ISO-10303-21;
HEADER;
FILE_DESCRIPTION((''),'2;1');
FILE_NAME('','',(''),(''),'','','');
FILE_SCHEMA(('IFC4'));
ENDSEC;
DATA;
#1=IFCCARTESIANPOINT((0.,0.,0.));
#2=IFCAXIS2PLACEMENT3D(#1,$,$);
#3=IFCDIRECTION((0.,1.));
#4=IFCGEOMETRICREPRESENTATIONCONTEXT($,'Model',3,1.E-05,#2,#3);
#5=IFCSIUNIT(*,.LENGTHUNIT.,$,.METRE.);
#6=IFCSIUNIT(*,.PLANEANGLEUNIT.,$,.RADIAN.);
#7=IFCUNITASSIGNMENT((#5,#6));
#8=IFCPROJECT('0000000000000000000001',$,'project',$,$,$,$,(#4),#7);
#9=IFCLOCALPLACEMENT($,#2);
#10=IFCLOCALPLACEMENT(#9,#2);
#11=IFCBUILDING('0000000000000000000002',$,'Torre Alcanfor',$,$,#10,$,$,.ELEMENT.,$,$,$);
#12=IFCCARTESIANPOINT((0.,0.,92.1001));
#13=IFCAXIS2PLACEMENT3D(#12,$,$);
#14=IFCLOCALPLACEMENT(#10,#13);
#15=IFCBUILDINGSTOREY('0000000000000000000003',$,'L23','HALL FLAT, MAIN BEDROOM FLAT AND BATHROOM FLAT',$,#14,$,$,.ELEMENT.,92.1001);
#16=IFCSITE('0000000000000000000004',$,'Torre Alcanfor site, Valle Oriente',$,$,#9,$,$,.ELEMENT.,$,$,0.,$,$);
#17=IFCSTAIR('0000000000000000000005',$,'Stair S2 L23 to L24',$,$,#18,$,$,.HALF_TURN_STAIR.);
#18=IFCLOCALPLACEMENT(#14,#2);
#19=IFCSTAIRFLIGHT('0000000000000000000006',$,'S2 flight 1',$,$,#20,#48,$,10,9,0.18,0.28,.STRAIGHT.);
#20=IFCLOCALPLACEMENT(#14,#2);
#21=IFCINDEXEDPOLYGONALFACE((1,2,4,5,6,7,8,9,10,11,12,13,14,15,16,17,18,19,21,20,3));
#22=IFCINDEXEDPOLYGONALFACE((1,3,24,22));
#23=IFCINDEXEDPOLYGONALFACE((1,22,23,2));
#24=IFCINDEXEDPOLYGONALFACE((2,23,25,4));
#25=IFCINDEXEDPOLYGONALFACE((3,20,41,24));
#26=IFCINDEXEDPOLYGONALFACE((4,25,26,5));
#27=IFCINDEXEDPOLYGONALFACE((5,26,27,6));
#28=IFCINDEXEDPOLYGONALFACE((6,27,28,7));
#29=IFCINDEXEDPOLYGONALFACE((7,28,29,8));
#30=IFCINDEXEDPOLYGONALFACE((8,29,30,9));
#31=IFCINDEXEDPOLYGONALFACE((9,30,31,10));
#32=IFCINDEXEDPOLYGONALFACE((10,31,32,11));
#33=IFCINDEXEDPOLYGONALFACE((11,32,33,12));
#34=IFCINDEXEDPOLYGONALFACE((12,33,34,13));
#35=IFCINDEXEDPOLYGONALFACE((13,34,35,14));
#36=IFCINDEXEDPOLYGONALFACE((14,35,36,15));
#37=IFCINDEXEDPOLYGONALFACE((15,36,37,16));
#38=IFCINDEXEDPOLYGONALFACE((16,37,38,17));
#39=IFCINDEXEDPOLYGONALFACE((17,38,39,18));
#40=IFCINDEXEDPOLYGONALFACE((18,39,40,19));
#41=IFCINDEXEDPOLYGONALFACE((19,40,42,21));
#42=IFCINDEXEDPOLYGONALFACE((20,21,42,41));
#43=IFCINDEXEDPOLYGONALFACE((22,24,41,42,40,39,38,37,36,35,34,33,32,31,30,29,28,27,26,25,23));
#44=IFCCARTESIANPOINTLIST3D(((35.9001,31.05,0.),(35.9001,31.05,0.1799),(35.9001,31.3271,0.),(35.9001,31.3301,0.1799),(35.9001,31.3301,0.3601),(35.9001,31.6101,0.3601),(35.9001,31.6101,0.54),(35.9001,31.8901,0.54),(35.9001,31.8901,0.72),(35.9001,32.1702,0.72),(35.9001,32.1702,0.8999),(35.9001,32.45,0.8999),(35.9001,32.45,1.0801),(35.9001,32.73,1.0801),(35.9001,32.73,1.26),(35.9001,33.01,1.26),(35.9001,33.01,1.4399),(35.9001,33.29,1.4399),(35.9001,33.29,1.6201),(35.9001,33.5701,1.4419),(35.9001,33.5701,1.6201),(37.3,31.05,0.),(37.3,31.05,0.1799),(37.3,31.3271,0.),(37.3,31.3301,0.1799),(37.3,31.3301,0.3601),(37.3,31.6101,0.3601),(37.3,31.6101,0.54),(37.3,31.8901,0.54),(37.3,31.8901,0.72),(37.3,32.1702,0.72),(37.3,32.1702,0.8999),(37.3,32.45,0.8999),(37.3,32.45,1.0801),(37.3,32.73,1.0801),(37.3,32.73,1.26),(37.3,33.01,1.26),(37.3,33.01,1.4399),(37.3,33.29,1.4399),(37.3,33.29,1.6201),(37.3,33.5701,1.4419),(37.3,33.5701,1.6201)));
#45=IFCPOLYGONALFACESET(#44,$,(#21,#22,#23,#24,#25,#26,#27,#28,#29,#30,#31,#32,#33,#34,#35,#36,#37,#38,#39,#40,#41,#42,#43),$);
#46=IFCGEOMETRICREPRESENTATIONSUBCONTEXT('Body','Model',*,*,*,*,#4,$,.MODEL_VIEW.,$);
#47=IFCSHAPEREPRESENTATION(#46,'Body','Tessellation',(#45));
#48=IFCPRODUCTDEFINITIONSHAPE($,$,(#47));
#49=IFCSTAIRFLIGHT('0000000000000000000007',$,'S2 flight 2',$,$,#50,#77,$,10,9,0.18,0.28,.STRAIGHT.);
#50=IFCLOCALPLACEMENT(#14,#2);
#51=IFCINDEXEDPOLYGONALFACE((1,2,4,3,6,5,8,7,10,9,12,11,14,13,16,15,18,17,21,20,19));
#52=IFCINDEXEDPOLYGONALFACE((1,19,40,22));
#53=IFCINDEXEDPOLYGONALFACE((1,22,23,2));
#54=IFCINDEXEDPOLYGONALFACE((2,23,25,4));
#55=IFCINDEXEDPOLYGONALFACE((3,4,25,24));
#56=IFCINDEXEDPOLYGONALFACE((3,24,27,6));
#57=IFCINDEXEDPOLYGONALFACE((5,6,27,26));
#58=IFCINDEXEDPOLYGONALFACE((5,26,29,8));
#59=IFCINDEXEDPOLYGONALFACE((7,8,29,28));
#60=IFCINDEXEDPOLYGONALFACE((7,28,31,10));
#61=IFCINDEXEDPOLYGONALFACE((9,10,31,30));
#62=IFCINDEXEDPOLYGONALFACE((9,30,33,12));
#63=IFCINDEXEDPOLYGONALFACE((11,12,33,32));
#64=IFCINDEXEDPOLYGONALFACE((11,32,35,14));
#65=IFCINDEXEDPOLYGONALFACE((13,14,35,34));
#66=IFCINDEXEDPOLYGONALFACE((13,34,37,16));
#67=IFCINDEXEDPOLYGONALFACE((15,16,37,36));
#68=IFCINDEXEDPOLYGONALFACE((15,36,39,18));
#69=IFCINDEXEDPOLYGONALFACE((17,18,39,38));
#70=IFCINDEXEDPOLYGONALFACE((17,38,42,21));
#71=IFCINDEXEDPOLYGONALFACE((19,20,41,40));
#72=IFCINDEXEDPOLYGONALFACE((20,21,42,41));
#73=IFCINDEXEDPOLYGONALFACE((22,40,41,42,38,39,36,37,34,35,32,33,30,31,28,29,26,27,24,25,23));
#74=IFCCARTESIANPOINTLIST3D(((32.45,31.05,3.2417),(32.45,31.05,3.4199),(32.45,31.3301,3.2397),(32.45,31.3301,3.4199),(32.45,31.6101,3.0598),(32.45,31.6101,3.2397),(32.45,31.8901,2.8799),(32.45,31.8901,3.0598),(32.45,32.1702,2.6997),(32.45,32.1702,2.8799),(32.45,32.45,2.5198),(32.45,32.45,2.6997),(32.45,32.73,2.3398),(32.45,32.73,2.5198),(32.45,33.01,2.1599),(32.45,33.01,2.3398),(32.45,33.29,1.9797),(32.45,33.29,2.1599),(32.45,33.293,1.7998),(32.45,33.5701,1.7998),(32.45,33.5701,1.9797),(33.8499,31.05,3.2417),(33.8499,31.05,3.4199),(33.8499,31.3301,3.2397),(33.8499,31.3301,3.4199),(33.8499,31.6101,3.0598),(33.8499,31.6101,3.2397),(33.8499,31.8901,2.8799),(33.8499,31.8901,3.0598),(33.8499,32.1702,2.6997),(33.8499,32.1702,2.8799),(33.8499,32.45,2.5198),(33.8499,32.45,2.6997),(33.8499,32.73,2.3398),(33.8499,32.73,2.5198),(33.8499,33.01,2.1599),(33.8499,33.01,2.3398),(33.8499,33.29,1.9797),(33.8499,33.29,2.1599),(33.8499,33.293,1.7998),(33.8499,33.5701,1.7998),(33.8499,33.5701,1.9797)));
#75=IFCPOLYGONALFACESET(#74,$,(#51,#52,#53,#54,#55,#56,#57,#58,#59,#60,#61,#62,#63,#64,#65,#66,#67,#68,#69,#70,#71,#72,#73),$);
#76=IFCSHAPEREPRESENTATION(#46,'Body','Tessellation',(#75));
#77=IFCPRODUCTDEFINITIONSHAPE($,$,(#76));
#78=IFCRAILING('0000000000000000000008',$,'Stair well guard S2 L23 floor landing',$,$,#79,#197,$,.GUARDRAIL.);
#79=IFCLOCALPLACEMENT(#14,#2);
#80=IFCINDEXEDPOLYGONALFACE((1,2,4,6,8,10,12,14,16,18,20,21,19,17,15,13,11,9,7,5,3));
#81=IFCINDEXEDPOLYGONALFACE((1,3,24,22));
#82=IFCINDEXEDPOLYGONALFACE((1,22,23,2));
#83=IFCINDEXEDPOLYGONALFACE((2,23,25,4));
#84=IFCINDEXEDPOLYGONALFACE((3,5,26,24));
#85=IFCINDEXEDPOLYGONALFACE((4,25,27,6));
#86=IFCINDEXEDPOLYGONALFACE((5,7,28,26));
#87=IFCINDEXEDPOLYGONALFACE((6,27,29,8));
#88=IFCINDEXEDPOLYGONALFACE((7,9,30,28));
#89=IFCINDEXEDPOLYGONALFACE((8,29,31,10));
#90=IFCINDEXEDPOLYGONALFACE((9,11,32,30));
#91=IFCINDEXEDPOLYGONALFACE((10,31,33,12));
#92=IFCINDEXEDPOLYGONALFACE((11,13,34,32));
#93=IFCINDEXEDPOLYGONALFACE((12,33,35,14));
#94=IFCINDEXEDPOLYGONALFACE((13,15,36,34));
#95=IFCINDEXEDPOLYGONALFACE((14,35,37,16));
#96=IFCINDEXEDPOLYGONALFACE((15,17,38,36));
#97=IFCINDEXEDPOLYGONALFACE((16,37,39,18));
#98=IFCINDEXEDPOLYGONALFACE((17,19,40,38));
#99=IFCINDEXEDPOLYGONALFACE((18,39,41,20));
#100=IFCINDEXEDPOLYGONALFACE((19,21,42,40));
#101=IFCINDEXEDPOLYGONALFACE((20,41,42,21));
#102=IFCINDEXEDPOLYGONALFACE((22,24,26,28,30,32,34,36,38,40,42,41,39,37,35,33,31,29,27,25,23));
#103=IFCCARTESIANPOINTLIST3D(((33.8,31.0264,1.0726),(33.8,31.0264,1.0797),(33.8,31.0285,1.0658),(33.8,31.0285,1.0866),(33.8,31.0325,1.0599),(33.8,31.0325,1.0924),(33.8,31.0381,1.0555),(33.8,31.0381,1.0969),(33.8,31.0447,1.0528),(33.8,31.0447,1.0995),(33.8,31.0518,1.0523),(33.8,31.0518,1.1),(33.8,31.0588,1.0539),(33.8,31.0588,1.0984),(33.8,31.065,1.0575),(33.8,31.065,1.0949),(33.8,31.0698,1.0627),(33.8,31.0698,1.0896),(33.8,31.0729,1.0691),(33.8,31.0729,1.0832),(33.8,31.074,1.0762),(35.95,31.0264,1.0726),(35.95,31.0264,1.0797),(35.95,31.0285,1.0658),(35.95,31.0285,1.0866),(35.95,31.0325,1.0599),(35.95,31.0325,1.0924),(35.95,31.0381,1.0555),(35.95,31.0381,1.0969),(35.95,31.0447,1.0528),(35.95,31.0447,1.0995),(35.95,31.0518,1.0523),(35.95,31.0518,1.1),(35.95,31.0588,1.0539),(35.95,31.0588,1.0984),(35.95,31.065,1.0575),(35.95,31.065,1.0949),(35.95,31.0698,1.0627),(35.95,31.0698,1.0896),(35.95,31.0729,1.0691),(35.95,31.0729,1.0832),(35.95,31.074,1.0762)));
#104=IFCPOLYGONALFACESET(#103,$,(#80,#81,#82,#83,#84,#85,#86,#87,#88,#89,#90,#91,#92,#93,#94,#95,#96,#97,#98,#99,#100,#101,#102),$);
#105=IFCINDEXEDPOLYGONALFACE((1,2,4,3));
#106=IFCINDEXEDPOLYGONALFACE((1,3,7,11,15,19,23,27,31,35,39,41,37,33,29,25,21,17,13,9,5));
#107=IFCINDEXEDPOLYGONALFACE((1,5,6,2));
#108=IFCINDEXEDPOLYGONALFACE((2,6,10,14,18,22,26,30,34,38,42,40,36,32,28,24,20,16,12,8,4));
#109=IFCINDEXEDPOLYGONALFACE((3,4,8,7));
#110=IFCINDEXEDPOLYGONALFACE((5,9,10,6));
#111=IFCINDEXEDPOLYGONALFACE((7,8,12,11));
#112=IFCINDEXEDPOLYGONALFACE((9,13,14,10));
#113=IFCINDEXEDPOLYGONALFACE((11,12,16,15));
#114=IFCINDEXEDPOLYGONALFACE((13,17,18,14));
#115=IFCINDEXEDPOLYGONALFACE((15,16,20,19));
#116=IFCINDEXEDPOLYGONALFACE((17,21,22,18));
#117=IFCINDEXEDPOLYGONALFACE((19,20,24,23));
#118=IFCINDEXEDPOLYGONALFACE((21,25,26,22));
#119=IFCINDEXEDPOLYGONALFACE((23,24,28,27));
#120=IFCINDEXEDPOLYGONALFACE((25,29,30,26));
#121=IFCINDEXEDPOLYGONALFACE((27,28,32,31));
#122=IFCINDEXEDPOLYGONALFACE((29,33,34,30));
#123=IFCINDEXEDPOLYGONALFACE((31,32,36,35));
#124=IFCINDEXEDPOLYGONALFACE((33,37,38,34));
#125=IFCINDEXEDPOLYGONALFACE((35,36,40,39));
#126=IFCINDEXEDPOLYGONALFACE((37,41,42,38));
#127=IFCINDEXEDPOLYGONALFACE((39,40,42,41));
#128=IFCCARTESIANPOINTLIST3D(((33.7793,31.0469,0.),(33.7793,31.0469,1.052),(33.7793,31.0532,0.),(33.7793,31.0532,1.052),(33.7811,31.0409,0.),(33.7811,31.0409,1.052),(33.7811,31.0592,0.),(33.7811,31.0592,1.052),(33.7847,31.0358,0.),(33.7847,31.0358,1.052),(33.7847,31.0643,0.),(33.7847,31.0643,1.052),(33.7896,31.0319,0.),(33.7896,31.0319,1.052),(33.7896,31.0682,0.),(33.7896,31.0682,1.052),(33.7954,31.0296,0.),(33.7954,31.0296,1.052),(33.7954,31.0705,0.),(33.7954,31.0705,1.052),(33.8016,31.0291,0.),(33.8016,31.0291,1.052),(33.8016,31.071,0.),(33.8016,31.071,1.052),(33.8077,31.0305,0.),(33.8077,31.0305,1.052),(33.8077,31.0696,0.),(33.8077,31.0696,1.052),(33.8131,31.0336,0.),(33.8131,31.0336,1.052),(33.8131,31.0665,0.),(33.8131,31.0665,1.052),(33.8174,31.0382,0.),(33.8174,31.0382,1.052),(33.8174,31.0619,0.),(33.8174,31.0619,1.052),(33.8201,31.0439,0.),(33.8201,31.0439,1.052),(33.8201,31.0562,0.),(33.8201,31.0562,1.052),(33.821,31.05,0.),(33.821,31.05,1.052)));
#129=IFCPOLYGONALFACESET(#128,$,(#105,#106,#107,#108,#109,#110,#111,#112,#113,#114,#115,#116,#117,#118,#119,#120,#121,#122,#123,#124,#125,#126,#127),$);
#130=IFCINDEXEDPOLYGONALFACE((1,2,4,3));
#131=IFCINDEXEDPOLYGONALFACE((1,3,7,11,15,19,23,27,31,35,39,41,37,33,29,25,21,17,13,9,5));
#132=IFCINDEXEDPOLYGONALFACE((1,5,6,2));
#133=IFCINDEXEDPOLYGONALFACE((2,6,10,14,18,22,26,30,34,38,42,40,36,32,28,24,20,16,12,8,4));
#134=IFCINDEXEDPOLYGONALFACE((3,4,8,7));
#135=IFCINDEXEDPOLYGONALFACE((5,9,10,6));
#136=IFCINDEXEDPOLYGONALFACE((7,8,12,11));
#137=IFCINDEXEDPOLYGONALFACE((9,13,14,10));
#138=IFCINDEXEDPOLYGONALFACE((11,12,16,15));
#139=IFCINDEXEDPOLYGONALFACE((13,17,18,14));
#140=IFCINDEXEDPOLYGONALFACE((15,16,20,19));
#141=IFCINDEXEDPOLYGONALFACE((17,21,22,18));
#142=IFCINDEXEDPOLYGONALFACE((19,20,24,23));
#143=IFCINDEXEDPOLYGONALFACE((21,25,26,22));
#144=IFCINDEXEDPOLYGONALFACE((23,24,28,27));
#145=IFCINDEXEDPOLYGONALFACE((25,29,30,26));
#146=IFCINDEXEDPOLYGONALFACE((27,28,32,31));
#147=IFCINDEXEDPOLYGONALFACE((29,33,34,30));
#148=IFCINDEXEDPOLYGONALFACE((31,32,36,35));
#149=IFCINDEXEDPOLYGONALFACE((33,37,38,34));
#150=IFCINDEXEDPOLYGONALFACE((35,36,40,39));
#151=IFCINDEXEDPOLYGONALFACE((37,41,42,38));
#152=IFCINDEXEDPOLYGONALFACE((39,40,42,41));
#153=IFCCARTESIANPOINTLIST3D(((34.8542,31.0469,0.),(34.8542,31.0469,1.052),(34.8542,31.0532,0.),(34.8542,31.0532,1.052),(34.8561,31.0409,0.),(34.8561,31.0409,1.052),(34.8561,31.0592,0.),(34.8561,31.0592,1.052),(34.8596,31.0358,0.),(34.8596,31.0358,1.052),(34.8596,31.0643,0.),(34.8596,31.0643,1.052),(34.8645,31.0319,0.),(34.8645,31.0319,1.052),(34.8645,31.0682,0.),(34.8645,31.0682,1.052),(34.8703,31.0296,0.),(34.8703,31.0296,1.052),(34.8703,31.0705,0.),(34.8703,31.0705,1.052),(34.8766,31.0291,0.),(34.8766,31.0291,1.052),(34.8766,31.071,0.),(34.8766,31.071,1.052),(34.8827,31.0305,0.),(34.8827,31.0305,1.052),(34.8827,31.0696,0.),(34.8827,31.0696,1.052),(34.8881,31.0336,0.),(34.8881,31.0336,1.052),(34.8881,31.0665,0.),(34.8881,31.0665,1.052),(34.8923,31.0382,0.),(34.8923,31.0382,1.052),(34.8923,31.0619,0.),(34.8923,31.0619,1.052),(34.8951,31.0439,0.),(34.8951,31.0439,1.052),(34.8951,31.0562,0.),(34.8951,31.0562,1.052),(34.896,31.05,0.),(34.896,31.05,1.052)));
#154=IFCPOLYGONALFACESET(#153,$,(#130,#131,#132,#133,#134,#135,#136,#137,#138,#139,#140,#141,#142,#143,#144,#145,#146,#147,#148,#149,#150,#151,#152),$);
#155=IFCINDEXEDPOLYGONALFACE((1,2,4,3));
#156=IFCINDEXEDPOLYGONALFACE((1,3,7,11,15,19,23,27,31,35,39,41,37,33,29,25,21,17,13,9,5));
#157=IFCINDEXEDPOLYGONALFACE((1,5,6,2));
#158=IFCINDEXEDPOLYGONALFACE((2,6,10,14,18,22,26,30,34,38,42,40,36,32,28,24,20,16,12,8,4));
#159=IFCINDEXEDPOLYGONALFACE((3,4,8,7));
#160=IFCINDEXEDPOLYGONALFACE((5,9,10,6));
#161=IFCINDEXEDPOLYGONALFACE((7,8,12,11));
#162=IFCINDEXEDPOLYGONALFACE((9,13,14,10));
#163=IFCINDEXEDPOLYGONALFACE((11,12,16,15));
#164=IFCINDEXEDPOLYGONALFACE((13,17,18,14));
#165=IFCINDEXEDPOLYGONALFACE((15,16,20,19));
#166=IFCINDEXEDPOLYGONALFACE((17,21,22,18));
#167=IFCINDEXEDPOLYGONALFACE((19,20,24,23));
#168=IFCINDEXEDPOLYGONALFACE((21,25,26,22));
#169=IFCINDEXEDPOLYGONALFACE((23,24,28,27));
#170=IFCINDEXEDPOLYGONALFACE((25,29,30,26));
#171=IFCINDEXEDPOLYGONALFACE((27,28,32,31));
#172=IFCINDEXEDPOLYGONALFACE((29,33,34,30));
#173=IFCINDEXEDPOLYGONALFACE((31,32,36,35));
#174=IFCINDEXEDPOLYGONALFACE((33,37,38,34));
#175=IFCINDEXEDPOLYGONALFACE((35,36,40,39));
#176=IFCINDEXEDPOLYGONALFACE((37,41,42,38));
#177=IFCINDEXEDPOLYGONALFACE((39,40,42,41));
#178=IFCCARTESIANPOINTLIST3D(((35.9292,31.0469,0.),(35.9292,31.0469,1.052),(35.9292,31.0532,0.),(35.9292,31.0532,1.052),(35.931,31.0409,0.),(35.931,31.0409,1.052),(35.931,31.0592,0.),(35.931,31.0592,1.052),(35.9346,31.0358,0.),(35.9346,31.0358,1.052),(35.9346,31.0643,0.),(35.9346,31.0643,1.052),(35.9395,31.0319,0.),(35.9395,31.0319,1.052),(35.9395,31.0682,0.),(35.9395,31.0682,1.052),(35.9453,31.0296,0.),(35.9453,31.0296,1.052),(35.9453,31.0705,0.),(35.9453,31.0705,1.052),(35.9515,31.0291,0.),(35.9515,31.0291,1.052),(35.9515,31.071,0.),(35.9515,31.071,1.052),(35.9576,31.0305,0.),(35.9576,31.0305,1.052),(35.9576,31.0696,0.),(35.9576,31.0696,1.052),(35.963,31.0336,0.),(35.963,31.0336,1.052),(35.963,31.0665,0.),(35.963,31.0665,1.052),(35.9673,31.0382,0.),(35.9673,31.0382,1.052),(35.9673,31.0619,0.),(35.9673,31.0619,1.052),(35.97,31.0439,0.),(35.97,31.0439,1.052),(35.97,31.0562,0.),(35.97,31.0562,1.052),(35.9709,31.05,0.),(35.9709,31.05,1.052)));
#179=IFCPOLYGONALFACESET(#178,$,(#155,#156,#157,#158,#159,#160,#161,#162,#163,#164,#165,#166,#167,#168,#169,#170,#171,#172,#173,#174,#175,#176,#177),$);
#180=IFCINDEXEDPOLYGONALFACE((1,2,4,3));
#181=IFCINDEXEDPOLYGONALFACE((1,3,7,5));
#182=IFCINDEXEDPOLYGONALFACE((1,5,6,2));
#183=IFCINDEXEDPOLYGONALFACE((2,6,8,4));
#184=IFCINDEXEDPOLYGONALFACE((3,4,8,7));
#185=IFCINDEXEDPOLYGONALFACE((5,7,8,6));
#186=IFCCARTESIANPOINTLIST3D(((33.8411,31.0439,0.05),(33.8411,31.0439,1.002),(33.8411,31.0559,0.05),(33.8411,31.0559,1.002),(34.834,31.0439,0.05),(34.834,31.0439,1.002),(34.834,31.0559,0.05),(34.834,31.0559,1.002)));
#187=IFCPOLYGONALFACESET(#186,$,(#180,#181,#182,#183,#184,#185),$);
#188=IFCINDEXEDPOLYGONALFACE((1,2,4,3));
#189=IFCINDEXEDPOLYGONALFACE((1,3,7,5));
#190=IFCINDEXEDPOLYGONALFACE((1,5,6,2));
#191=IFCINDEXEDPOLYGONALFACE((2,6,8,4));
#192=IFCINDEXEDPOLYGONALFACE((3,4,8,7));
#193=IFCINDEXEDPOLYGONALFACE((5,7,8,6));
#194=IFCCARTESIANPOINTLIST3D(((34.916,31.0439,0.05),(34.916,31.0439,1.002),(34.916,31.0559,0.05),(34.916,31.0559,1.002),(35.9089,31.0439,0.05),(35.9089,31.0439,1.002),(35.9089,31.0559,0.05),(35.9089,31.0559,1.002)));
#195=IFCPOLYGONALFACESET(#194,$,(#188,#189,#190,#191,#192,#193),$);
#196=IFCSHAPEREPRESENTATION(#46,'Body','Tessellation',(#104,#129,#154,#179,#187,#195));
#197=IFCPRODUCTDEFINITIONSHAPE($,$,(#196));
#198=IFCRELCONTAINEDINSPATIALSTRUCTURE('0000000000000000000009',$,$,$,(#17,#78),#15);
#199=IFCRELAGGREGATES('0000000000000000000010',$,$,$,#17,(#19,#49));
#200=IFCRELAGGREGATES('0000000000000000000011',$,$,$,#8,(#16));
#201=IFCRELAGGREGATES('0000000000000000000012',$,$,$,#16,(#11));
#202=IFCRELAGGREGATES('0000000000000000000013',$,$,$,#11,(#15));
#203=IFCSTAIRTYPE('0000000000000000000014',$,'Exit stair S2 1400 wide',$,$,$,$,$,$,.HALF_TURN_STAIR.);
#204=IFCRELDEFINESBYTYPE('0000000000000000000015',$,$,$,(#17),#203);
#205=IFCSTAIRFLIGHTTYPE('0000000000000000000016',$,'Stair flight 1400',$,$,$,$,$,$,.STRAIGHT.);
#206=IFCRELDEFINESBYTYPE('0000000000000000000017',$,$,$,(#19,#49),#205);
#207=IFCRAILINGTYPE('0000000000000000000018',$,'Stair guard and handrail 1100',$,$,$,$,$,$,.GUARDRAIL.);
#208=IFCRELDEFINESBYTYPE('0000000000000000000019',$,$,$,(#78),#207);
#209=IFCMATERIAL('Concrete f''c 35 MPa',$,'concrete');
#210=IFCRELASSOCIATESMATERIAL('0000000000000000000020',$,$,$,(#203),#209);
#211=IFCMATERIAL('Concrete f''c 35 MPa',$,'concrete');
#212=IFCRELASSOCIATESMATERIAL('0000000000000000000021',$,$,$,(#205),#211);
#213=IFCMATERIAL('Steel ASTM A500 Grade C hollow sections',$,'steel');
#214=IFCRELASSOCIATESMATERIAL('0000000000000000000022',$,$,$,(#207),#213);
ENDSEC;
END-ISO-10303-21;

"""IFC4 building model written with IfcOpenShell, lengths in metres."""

from ifc_helpers import new_model, si_unit, direction, frame, origin, origin_2d, place, context, subcontext, project, spatial, polyline, circle, outline, extrude, material, type_object, element, aggregate, save


model = new_model("IFC4")

# Units and contexts
model_context = context("Model", 3, precision=1e-05, world=origin(), true_north=direction((0.0, 1.0)))
body_context = subcontext(model_context, "Body", "Model", "MODEL_VIEW")
ifc_project = project(units=[si_unit("LENGTHUNIT", "METRE"), si_unit("PLANEANGLEUNIT", "RADIAN")], contexts=[model_context])

# Site, building, storey
site_placement = place(None, origin())
site = spatial("IfcSite", under=ifc_project, at=site_placement, Name="Torre Alcanfor site, Valle Oriente", CompositionType="ELEMENT", RefElevation=0.0)
building_placement = place(site_placement, origin())
building = spatial("IfcBuilding", under=site, at=building_placement, Name="Torre Alcanfor", CompositionType="ELEMENT")
storey_placement = place(building_placement, frame((0.0, 0.0, 92.1001)))
storey = spatial("IfcBuildingStorey", under=building, at=storey_placement, Name="L23", Description="HALL FLAT, MAIN BEDROOM FLAT AND BATHROOM FLAT", CompositionType="ELEMENT", Elevation=92.1001)

# Stair, stair flights
ifc_material_1 = material(Name="Concrete f'c 35 MPa", Category="concrete")
stair_type = type_object("IfcStairType", Name="Exit stair S2 1400 wide", PredefinedType="HALF_TURN_STAIR", material=ifc_material_1)
stair_placement = place(storey_placement, origin())
stair = element("IfcStair", 1, at=stair_placement, inside=storey, type_object=stair_type, Name="Stair S2 L23 to L24", PredefinedType="HALF_TURN_STAIR")
ifc_material_2 = material(Name="Concrete f'c 35 MPa", Category="concrete")
stair_flight_type = type_object("IfcStairFlightType", Name="Stair flight 1400", PredefinedType="STRAIGHT", material=ifc_material_2)
stair_flight_1_placement = place(storey_placement, frame((36.6001, 31.05, 0.0), z_axis=(0.0, 0.0, 1.0), x_axis=(0.0, 1.0, 0.0)))
stair_flight_1 = element("IfcStairFlight", 2, at=stair_flight_1_placement, type_object=stair_flight_type, Name="S2 flight 1", NumberOfRisers=10, NumberOfTreads=9, PredefinedType="STRAIGHT", RiserHeight=0.18, TreadLength=0.28, context=body_context, shape_type="SweptSolid", body=[
    extrude(outline(polyline([(0.0, 0.0), (0.0, 0.1799), (0.28, 0.1799), (0.28, 0.3601), (0.5601, 0.3601), (0.5601, 0.54), (0.8401, 0.54), (0.8401, 0.72), (1.1201, 0.72), (1.1201, 0.8999), (1.3999, 0.8999), (1.3999, 1.0801), (1.6799, 1.0801), (1.6799, 1.26), (1.96, 1.26), (1.96, 1.4399), (2.24, 1.4399), (2.24, 1.6201), (2.52, 1.6201), (2.52, 1.8), (2.52, 1.4419), (0.2771, 0.0), (0.0, 0.0)])), frame((0.0, 0.7, 0.0), z_axis=(0.0, -1.0, 0.0), x_axis=(1.0, 0.0, 0.0)), (0.0, 0.0, 1.0), 1.3999),
])
stair_flight_2_placement = place(storey_placement, frame((33.1499, 33.5701, 1.7998), z_axis=(0.0, 0.0, 1.0), x_axis=(0.0, -1.0, 0.0)))
stair_flight_2 = element("IfcStairFlight", 3, at=stair_flight_2_placement, type_object=stair_flight_type, Name="S2 flight 2", NumberOfRisers=10, NumberOfTreads=9, PredefinedType="STRAIGHT", RiserHeight=0.18, TreadLength=0.28, context=body_context, shape_type="SweptSolid", body=[
    extrude(outline(polyline([(0.0, 0.0), (0.0, 0.1799), (0.28, 0.1799), (0.28, 0.3601), (0.5601, 0.3601), (0.5601, 0.54), (0.8401, 0.54), (0.8401, 0.72), (1.1201, 0.72), (1.1201, 0.8999), (1.3999, 0.8999), (1.3999, 1.0801), (1.6799, 1.0801), (1.6799, 1.26), (1.96, 1.26), (1.96, 1.4399), (2.24, 1.4399), (2.24, 1.6201), (2.52, 1.6201), (2.52, 1.8), (2.52, 1.4419), (0.2771, 0.0), (0.0, 0.0)])), frame((0.0, 0.7, 0.0), z_axis=(0.0, -1.0, 0.0), x_axis=(1.0, 0.0, 0.0)), (0.0, 0.0, 1.0), 1.3999),
])
aggregate(stair, [stair_flight_1, stair_flight_2])

# Railing
ifc_material_3 = material(Name="Steel ASTM A500 Grade C hollow sections", Category="steel")
railing_type_1 = type_object("IfcRailingType", Name="Stair guard and handrail 1100", PredefinedType="GUARDRAIL", material=ifc_material_3)
for number, where, name in (
    (4, (33.8, 31.05, 0.0), "Stair well guard S2 L23 floor landing"),
):
    element("IfcRailing", number, at=place(storey_placement, frame(where)), inside=storey, type_object=railing_type_1, Name=name, PredefinedType="GUARDRAIL", context=body_context, shape_type="SweptSolid", body=[
        extrude(circle(Radius=0.0239, at=origin_2d()), frame((0.0, 0.0, 1.0762), z_axis=(1.0, 0.0, 0.0), x_axis=(0.0, 1.0, 0.0)), (0.0, 0.0, 1.0), 2.1499),
        extrude(circle(Radius=0.021, at=origin_2d()), origin(), (0.0, 0.0, 1.0), 1.052),
        extrude(circle(Radius=0.021, at=origin_2d()), frame((1.075, 0.0, 0.0)), (0.0, 0.0, 1.0), 1.052),
        extrude(circle(Radius=0.021, at=origin_2d()), frame((2.1499, 0.0, 0.0)), (0.0, 0.0, 1.0), 1.052),
        extrude(outline(polyline([(0.041, 0.05), (1.0339, 0.05), (1.0339, 1.002), (0.041, 1.002), (0.041, 0.05)])), frame((0.0, 0.0059, 0.0), z_axis=(0.0, -1.0, 0.0), x_axis=(1.0, 0.0, 0.0)), (0.0, 0.0, 1.0), 0.012),
        extrude(outline(polyline([(1.116, 0.05), (2.1089, 0.05), (2.1089, 1.002), (1.116, 1.002), (1.116, 0.05)])), frame((0.0, 0.0059, 0.0), z_axis=(0.0, -1.0, 0.0), x_axis=(1.0, 0.0, 0.0)), (0.0, 0.0, 1.0), 0.012),
    ])

save(model, "model.ifc")
